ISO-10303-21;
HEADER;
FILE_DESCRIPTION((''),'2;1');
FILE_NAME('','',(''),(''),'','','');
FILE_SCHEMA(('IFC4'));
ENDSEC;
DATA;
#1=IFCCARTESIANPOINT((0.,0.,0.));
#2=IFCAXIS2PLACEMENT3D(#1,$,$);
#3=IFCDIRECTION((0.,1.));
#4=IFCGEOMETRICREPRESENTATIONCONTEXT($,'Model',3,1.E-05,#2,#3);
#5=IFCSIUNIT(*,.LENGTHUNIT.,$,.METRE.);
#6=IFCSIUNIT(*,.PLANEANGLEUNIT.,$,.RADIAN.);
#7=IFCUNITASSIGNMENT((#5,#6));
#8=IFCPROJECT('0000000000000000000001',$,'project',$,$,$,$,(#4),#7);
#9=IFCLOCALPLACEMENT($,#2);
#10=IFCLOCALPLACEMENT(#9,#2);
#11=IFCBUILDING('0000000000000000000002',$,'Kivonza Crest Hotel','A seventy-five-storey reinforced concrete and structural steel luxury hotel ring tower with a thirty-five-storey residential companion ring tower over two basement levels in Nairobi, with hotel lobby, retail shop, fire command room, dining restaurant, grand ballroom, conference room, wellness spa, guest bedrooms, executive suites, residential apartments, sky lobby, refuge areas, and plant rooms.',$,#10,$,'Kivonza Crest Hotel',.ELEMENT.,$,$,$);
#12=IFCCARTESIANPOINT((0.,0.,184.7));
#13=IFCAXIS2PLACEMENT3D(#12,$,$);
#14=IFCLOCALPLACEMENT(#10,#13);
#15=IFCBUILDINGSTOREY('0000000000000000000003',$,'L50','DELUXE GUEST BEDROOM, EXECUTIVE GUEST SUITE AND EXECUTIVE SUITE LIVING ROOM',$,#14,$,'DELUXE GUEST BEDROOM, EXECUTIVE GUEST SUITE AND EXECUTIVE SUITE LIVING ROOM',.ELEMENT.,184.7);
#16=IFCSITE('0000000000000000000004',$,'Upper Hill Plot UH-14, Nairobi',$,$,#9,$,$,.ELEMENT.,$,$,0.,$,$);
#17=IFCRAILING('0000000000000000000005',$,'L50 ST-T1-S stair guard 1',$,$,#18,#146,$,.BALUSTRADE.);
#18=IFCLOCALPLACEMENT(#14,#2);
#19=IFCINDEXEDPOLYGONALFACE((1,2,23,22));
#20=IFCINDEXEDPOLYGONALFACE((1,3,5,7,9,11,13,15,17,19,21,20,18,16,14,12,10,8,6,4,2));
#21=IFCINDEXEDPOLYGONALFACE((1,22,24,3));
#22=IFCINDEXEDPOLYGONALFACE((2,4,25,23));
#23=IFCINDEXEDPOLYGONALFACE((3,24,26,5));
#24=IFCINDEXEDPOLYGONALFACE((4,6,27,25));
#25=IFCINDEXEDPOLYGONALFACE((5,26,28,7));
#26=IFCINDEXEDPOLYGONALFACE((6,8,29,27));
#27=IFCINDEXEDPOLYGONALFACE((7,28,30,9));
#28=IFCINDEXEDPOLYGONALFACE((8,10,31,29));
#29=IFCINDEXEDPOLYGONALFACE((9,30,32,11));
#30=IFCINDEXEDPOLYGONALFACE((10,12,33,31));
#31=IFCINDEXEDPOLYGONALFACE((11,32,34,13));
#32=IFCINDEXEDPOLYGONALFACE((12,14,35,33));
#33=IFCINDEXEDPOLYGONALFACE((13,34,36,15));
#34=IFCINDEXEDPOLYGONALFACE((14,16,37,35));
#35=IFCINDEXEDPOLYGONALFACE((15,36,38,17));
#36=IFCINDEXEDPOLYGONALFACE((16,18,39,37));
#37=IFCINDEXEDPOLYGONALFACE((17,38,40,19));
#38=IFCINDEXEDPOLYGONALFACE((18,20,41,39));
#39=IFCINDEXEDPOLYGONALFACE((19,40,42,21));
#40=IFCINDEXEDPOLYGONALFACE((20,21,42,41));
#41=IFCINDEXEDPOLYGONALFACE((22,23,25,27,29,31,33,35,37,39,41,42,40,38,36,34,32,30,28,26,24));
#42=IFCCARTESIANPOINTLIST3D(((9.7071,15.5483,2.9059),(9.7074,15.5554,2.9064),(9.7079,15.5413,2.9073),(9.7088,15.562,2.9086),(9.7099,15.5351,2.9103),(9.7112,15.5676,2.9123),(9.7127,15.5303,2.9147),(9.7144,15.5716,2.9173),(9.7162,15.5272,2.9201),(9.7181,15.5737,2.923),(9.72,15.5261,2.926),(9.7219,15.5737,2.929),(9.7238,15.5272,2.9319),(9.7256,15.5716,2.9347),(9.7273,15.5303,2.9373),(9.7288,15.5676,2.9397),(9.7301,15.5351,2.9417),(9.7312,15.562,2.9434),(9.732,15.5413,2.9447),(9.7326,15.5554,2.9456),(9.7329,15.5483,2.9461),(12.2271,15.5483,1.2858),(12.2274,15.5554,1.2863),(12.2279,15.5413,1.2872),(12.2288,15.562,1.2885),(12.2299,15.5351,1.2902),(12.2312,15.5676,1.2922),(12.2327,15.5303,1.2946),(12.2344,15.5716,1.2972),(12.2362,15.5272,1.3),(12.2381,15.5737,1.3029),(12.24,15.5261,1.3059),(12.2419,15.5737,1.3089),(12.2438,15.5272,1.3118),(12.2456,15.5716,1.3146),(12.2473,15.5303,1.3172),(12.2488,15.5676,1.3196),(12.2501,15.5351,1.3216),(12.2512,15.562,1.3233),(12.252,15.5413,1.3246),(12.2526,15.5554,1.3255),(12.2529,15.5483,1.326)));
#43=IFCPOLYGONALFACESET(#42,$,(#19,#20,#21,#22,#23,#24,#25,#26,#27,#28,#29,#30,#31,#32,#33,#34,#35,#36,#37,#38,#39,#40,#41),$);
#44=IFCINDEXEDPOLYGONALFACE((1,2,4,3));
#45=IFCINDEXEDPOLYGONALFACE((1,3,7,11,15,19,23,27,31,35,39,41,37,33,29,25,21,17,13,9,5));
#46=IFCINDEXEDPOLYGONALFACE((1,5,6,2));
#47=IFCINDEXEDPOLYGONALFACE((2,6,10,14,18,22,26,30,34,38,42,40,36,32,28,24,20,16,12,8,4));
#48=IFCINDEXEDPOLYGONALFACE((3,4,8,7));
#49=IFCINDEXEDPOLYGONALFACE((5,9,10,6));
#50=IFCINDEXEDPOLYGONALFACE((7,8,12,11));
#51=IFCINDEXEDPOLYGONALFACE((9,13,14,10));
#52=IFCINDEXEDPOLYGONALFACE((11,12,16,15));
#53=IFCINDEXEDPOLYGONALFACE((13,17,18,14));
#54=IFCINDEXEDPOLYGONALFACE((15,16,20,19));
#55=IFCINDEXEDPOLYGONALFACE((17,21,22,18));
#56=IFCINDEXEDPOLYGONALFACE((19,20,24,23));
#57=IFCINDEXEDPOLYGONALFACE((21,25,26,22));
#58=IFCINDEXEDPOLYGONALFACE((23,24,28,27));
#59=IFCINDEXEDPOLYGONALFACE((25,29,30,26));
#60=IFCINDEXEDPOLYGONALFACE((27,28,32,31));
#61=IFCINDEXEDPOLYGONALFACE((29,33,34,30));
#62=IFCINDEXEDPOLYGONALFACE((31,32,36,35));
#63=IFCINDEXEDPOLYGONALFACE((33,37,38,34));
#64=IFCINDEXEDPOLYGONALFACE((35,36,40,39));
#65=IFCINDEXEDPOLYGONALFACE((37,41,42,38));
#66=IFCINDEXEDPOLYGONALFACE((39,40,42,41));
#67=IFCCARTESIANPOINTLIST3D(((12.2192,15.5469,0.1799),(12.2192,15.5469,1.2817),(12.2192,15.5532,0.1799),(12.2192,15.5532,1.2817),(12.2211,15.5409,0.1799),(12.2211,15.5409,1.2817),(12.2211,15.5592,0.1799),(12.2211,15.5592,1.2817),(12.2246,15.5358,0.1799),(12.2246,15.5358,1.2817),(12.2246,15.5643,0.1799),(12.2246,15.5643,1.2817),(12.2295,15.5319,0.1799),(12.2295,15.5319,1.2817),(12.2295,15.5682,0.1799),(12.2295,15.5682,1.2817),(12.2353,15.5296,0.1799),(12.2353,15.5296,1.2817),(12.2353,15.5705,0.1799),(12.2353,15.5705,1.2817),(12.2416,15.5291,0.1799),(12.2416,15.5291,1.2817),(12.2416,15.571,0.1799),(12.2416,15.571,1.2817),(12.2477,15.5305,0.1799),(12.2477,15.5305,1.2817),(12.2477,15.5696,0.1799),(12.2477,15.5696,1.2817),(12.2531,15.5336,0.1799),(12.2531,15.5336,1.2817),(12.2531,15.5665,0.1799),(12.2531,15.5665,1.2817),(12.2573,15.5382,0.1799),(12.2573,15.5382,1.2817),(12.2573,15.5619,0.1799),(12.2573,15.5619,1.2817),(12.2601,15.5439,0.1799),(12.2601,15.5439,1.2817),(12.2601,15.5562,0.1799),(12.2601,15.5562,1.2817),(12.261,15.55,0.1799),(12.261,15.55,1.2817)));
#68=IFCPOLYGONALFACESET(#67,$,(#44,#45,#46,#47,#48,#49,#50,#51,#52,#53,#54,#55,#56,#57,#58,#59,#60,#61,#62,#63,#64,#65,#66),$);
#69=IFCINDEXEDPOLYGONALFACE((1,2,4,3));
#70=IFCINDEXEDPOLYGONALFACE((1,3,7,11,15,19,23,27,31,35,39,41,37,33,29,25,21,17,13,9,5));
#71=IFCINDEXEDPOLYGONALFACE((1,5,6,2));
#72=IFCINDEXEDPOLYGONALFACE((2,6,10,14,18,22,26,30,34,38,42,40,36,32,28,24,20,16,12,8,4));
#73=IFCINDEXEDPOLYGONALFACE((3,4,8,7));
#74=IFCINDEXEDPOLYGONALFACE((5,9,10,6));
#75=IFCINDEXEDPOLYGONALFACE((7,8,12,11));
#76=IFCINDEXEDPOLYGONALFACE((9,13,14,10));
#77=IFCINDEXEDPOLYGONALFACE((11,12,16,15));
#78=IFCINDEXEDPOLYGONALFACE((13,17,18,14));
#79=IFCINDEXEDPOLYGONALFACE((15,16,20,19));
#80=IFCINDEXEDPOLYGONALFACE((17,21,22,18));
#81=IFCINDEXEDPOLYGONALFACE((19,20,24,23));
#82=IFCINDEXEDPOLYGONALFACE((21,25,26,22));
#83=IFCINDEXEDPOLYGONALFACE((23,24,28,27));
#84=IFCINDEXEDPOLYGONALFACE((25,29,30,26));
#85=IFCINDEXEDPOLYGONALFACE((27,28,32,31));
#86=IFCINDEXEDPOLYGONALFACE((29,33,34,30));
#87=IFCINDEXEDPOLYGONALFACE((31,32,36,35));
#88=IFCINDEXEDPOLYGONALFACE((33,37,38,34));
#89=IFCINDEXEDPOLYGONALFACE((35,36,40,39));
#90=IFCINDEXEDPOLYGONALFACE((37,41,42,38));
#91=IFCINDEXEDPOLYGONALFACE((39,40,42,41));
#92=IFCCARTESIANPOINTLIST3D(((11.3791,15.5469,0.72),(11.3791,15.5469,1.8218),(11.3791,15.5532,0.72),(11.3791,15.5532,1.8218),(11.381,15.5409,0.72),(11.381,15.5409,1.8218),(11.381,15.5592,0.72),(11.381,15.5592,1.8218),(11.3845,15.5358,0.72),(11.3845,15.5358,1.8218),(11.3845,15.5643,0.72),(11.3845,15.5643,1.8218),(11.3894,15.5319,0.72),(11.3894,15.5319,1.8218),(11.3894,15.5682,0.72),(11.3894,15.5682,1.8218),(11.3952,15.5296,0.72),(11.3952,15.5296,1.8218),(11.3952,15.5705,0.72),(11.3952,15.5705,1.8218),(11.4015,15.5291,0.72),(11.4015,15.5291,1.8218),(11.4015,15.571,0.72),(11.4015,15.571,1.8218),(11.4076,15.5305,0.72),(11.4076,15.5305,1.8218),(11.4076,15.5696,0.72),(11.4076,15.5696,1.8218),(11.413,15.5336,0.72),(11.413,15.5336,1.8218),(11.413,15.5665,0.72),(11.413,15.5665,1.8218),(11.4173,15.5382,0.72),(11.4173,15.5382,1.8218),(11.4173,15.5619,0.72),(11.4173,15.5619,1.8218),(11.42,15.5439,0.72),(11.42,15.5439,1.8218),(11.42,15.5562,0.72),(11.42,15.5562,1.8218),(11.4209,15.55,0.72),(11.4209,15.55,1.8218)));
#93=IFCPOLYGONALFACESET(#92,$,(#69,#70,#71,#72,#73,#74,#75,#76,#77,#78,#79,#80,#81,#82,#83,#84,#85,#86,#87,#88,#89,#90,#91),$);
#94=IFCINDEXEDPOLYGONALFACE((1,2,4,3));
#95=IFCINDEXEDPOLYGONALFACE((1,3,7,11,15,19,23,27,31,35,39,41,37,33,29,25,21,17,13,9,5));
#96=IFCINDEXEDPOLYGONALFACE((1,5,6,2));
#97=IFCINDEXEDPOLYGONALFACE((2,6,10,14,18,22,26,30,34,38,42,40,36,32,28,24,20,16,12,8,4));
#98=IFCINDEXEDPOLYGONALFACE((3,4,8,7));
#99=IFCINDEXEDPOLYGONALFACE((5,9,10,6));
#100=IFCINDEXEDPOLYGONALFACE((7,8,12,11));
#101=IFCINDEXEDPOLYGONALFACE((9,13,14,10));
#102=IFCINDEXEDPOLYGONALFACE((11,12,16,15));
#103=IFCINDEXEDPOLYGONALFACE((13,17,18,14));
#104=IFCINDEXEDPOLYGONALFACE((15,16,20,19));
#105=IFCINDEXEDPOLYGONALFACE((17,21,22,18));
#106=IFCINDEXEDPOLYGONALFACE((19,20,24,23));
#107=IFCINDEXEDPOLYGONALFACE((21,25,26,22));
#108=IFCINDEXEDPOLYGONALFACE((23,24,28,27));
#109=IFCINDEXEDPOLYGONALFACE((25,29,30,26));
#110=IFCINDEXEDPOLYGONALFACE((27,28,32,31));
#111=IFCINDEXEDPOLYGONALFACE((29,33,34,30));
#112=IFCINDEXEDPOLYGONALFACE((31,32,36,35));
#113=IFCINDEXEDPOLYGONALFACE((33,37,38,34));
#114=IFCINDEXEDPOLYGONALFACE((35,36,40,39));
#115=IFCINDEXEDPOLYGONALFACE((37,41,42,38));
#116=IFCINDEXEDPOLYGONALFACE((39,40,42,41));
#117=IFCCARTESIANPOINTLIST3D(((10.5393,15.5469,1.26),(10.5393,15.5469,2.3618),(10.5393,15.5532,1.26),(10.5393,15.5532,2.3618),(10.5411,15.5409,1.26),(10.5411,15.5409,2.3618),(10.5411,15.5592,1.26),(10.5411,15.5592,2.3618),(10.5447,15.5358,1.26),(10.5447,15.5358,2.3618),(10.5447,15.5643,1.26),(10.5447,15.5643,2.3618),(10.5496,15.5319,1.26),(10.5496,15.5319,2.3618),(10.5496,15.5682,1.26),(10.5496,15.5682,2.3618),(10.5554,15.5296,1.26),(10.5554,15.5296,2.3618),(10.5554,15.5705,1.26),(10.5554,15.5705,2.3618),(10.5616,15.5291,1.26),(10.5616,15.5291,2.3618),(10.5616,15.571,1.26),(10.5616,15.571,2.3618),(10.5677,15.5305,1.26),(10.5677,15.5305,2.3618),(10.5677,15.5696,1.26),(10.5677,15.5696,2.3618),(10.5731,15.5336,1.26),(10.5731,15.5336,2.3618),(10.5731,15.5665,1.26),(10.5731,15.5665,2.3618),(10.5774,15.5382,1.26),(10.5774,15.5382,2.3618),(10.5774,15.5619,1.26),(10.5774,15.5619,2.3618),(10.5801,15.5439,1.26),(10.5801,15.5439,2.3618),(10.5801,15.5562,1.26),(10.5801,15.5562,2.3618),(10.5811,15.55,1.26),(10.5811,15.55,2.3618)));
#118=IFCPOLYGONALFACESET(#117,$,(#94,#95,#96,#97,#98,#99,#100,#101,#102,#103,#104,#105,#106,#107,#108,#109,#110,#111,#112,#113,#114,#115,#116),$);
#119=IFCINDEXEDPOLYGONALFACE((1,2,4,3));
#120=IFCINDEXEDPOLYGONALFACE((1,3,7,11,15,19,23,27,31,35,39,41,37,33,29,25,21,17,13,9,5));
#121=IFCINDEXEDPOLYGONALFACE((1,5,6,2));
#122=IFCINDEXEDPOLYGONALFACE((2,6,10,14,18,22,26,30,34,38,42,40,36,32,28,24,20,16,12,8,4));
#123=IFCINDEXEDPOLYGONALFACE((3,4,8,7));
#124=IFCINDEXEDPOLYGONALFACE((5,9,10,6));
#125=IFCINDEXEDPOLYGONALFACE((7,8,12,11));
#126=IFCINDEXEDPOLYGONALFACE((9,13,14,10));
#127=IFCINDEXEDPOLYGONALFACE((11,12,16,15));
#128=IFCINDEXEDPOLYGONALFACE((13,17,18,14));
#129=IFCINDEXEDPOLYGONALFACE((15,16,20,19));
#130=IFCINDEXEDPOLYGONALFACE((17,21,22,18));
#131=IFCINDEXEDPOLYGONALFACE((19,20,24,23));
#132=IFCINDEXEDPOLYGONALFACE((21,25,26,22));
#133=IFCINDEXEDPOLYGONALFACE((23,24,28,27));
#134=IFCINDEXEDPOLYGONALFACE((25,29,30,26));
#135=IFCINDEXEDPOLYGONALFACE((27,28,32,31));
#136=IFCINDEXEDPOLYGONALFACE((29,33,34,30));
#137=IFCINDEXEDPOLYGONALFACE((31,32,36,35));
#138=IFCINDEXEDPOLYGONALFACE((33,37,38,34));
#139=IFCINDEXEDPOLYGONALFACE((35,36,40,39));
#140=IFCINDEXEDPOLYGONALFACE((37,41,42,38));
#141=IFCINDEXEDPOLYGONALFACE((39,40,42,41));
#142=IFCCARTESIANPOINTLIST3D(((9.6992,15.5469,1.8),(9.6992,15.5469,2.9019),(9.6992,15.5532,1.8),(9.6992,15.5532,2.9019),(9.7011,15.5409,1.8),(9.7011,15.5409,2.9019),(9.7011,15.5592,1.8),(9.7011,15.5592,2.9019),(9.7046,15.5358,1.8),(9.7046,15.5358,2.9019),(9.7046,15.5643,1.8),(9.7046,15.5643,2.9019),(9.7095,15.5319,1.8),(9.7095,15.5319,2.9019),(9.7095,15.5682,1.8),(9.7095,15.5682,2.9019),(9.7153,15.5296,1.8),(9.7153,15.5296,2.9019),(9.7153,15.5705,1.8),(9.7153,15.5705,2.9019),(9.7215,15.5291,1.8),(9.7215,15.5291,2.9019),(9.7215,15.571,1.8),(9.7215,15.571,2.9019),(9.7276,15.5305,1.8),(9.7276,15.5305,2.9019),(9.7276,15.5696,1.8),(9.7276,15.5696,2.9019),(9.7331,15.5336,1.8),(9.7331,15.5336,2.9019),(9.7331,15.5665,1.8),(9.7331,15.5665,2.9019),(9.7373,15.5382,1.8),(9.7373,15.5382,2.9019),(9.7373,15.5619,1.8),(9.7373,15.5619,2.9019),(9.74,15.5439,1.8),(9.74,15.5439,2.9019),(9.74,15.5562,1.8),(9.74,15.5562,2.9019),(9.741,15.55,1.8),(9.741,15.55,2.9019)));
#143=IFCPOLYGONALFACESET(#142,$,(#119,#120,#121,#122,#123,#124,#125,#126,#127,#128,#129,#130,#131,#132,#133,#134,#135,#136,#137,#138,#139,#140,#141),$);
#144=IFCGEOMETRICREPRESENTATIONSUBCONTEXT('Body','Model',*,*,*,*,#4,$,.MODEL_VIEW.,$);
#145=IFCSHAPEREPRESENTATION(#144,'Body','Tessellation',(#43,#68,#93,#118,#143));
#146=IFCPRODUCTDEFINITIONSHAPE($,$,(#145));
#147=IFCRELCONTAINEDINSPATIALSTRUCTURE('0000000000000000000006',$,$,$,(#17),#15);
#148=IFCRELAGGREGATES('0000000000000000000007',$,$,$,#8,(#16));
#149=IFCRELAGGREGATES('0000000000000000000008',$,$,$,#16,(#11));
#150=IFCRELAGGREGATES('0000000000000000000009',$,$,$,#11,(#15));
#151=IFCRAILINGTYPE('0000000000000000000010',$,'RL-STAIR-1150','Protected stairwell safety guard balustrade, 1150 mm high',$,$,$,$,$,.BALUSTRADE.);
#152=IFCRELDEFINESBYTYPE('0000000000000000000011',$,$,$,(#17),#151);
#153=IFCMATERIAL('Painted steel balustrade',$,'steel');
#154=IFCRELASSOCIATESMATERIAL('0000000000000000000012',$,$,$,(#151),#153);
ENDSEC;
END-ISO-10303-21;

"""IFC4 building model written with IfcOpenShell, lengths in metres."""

from ifc_helpers import new_model, si_unit, direction, frame, origin, origin_2d, place, context, subcontext, project, spatial, circle, extrude, material, type_object, element, save


model = new_model("IFC4")

# Units and contexts
model_context = context("Model", 3, precision=1e-05, world=origin(), true_north=direction((0.0, 1.0)))
body_context = subcontext(model_context, "Body", "Model", "MODEL_VIEW")
ifc_project = project(units=[si_unit("LENGTHUNIT", "METRE"), si_unit("PLANEANGLEUNIT", "RADIAN")], contexts=[model_context])

# Site, building, storey
site_placement = place(None, origin())
site = spatial("IfcSite", under=ifc_project, at=site_placement, Name="Upper Hill Plot UH-14, Nairobi", CompositionType="ELEMENT", RefElevation=0.0)
building_placement = place(site_placement, origin())
building = spatial("IfcBuilding", under=site, at=building_placement, Name="Kivonza Crest Hotel", Description="A seventy-five-storey reinforced concrete and structural steel luxury hotel ring tower with a thirty-five-storey residential companion ring tower over two basement levels in Nairobi, with hotel lobby, retail shop, fire command room, dining restaurant, grand ballroom, conference room, wellness spa, guest bedrooms, executive suites, residential apartments, sky lobby, refuge areas, and plant rooms.", LongName="Kivonza Crest Hotel", CompositionType="ELEMENT")
storey_placement = place(building_placement, frame((0.0, 0.0, 184.7)))
storey = spatial("IfcBuildingStorey", under=building, at=storey_placement, Name="L50", Description="DELUXE GUEST BEDROOM, EXECUTIVE GUEST SUITE AND EXECUTIVE SUITE LIVING ROOM", LongName="DELUXE GUEST BEDROOM, EXECUTIVE GUEST SUITE AND EXECUTIVE SUITE LIVING ROOM", CompositionType="ELEMENT", Elevation=184.7)

# Railing
ifc_material_1 = material(Name="Painted steel balustrade", Category="steel")
railing_type_1 = type_object("IfcRailingType", Name="RL-STAIR-1150", Description="Protected stairwell safety guard balustrade, 1150 mm high", PredefinedType="BALUSTRADE", material=ifc_material_1)
railing_1_placement = place(storey_placement, frame((12.24, 15.55, 0.1799)))
element("IfcRailing", 1, at=railing_1_placement, inside=storey, type_object=railing_type_1, Name="L50 ST-T1-S stair guard 1", PredefinedType="BALUSTRADE", context=body_context, shape_type="SweptSolid", body=[
    extrude(circle(Radius=0.0239, at=origin_2d()), frame((0.0, 0.0, 1.126), z_axis=(-0.841163, 0.0, 0.540782), x_axis=(0.0, -1.0, 0.0)), (0.0, 0.0, 1.0), 2.9958),
    extrude(circle(Radius=0.021, at=origin_2d()), origin(), (0.0, 0.0, 1.0), 1.1018),
    extrude(circle(Radius=0.021, at=origin_2d()), frame((-0.8401, 0.0, 0.54)), (0.0, 0.0, 1.0), 1.1018),
    extrude(circle(Radius=0.021, at=origin_2d()), frame((-1.6799, 0.0, 1.0801)), (0.0, 0.0, 1.0), 1.1018),
    extrude(circle(Radius=0.021, at=origin_2d()), frame((-2.52, 0.0, 1.6201)), (0.0, 0.0, 1.0), 1.1018),
])

save(model, "model.ifc")
